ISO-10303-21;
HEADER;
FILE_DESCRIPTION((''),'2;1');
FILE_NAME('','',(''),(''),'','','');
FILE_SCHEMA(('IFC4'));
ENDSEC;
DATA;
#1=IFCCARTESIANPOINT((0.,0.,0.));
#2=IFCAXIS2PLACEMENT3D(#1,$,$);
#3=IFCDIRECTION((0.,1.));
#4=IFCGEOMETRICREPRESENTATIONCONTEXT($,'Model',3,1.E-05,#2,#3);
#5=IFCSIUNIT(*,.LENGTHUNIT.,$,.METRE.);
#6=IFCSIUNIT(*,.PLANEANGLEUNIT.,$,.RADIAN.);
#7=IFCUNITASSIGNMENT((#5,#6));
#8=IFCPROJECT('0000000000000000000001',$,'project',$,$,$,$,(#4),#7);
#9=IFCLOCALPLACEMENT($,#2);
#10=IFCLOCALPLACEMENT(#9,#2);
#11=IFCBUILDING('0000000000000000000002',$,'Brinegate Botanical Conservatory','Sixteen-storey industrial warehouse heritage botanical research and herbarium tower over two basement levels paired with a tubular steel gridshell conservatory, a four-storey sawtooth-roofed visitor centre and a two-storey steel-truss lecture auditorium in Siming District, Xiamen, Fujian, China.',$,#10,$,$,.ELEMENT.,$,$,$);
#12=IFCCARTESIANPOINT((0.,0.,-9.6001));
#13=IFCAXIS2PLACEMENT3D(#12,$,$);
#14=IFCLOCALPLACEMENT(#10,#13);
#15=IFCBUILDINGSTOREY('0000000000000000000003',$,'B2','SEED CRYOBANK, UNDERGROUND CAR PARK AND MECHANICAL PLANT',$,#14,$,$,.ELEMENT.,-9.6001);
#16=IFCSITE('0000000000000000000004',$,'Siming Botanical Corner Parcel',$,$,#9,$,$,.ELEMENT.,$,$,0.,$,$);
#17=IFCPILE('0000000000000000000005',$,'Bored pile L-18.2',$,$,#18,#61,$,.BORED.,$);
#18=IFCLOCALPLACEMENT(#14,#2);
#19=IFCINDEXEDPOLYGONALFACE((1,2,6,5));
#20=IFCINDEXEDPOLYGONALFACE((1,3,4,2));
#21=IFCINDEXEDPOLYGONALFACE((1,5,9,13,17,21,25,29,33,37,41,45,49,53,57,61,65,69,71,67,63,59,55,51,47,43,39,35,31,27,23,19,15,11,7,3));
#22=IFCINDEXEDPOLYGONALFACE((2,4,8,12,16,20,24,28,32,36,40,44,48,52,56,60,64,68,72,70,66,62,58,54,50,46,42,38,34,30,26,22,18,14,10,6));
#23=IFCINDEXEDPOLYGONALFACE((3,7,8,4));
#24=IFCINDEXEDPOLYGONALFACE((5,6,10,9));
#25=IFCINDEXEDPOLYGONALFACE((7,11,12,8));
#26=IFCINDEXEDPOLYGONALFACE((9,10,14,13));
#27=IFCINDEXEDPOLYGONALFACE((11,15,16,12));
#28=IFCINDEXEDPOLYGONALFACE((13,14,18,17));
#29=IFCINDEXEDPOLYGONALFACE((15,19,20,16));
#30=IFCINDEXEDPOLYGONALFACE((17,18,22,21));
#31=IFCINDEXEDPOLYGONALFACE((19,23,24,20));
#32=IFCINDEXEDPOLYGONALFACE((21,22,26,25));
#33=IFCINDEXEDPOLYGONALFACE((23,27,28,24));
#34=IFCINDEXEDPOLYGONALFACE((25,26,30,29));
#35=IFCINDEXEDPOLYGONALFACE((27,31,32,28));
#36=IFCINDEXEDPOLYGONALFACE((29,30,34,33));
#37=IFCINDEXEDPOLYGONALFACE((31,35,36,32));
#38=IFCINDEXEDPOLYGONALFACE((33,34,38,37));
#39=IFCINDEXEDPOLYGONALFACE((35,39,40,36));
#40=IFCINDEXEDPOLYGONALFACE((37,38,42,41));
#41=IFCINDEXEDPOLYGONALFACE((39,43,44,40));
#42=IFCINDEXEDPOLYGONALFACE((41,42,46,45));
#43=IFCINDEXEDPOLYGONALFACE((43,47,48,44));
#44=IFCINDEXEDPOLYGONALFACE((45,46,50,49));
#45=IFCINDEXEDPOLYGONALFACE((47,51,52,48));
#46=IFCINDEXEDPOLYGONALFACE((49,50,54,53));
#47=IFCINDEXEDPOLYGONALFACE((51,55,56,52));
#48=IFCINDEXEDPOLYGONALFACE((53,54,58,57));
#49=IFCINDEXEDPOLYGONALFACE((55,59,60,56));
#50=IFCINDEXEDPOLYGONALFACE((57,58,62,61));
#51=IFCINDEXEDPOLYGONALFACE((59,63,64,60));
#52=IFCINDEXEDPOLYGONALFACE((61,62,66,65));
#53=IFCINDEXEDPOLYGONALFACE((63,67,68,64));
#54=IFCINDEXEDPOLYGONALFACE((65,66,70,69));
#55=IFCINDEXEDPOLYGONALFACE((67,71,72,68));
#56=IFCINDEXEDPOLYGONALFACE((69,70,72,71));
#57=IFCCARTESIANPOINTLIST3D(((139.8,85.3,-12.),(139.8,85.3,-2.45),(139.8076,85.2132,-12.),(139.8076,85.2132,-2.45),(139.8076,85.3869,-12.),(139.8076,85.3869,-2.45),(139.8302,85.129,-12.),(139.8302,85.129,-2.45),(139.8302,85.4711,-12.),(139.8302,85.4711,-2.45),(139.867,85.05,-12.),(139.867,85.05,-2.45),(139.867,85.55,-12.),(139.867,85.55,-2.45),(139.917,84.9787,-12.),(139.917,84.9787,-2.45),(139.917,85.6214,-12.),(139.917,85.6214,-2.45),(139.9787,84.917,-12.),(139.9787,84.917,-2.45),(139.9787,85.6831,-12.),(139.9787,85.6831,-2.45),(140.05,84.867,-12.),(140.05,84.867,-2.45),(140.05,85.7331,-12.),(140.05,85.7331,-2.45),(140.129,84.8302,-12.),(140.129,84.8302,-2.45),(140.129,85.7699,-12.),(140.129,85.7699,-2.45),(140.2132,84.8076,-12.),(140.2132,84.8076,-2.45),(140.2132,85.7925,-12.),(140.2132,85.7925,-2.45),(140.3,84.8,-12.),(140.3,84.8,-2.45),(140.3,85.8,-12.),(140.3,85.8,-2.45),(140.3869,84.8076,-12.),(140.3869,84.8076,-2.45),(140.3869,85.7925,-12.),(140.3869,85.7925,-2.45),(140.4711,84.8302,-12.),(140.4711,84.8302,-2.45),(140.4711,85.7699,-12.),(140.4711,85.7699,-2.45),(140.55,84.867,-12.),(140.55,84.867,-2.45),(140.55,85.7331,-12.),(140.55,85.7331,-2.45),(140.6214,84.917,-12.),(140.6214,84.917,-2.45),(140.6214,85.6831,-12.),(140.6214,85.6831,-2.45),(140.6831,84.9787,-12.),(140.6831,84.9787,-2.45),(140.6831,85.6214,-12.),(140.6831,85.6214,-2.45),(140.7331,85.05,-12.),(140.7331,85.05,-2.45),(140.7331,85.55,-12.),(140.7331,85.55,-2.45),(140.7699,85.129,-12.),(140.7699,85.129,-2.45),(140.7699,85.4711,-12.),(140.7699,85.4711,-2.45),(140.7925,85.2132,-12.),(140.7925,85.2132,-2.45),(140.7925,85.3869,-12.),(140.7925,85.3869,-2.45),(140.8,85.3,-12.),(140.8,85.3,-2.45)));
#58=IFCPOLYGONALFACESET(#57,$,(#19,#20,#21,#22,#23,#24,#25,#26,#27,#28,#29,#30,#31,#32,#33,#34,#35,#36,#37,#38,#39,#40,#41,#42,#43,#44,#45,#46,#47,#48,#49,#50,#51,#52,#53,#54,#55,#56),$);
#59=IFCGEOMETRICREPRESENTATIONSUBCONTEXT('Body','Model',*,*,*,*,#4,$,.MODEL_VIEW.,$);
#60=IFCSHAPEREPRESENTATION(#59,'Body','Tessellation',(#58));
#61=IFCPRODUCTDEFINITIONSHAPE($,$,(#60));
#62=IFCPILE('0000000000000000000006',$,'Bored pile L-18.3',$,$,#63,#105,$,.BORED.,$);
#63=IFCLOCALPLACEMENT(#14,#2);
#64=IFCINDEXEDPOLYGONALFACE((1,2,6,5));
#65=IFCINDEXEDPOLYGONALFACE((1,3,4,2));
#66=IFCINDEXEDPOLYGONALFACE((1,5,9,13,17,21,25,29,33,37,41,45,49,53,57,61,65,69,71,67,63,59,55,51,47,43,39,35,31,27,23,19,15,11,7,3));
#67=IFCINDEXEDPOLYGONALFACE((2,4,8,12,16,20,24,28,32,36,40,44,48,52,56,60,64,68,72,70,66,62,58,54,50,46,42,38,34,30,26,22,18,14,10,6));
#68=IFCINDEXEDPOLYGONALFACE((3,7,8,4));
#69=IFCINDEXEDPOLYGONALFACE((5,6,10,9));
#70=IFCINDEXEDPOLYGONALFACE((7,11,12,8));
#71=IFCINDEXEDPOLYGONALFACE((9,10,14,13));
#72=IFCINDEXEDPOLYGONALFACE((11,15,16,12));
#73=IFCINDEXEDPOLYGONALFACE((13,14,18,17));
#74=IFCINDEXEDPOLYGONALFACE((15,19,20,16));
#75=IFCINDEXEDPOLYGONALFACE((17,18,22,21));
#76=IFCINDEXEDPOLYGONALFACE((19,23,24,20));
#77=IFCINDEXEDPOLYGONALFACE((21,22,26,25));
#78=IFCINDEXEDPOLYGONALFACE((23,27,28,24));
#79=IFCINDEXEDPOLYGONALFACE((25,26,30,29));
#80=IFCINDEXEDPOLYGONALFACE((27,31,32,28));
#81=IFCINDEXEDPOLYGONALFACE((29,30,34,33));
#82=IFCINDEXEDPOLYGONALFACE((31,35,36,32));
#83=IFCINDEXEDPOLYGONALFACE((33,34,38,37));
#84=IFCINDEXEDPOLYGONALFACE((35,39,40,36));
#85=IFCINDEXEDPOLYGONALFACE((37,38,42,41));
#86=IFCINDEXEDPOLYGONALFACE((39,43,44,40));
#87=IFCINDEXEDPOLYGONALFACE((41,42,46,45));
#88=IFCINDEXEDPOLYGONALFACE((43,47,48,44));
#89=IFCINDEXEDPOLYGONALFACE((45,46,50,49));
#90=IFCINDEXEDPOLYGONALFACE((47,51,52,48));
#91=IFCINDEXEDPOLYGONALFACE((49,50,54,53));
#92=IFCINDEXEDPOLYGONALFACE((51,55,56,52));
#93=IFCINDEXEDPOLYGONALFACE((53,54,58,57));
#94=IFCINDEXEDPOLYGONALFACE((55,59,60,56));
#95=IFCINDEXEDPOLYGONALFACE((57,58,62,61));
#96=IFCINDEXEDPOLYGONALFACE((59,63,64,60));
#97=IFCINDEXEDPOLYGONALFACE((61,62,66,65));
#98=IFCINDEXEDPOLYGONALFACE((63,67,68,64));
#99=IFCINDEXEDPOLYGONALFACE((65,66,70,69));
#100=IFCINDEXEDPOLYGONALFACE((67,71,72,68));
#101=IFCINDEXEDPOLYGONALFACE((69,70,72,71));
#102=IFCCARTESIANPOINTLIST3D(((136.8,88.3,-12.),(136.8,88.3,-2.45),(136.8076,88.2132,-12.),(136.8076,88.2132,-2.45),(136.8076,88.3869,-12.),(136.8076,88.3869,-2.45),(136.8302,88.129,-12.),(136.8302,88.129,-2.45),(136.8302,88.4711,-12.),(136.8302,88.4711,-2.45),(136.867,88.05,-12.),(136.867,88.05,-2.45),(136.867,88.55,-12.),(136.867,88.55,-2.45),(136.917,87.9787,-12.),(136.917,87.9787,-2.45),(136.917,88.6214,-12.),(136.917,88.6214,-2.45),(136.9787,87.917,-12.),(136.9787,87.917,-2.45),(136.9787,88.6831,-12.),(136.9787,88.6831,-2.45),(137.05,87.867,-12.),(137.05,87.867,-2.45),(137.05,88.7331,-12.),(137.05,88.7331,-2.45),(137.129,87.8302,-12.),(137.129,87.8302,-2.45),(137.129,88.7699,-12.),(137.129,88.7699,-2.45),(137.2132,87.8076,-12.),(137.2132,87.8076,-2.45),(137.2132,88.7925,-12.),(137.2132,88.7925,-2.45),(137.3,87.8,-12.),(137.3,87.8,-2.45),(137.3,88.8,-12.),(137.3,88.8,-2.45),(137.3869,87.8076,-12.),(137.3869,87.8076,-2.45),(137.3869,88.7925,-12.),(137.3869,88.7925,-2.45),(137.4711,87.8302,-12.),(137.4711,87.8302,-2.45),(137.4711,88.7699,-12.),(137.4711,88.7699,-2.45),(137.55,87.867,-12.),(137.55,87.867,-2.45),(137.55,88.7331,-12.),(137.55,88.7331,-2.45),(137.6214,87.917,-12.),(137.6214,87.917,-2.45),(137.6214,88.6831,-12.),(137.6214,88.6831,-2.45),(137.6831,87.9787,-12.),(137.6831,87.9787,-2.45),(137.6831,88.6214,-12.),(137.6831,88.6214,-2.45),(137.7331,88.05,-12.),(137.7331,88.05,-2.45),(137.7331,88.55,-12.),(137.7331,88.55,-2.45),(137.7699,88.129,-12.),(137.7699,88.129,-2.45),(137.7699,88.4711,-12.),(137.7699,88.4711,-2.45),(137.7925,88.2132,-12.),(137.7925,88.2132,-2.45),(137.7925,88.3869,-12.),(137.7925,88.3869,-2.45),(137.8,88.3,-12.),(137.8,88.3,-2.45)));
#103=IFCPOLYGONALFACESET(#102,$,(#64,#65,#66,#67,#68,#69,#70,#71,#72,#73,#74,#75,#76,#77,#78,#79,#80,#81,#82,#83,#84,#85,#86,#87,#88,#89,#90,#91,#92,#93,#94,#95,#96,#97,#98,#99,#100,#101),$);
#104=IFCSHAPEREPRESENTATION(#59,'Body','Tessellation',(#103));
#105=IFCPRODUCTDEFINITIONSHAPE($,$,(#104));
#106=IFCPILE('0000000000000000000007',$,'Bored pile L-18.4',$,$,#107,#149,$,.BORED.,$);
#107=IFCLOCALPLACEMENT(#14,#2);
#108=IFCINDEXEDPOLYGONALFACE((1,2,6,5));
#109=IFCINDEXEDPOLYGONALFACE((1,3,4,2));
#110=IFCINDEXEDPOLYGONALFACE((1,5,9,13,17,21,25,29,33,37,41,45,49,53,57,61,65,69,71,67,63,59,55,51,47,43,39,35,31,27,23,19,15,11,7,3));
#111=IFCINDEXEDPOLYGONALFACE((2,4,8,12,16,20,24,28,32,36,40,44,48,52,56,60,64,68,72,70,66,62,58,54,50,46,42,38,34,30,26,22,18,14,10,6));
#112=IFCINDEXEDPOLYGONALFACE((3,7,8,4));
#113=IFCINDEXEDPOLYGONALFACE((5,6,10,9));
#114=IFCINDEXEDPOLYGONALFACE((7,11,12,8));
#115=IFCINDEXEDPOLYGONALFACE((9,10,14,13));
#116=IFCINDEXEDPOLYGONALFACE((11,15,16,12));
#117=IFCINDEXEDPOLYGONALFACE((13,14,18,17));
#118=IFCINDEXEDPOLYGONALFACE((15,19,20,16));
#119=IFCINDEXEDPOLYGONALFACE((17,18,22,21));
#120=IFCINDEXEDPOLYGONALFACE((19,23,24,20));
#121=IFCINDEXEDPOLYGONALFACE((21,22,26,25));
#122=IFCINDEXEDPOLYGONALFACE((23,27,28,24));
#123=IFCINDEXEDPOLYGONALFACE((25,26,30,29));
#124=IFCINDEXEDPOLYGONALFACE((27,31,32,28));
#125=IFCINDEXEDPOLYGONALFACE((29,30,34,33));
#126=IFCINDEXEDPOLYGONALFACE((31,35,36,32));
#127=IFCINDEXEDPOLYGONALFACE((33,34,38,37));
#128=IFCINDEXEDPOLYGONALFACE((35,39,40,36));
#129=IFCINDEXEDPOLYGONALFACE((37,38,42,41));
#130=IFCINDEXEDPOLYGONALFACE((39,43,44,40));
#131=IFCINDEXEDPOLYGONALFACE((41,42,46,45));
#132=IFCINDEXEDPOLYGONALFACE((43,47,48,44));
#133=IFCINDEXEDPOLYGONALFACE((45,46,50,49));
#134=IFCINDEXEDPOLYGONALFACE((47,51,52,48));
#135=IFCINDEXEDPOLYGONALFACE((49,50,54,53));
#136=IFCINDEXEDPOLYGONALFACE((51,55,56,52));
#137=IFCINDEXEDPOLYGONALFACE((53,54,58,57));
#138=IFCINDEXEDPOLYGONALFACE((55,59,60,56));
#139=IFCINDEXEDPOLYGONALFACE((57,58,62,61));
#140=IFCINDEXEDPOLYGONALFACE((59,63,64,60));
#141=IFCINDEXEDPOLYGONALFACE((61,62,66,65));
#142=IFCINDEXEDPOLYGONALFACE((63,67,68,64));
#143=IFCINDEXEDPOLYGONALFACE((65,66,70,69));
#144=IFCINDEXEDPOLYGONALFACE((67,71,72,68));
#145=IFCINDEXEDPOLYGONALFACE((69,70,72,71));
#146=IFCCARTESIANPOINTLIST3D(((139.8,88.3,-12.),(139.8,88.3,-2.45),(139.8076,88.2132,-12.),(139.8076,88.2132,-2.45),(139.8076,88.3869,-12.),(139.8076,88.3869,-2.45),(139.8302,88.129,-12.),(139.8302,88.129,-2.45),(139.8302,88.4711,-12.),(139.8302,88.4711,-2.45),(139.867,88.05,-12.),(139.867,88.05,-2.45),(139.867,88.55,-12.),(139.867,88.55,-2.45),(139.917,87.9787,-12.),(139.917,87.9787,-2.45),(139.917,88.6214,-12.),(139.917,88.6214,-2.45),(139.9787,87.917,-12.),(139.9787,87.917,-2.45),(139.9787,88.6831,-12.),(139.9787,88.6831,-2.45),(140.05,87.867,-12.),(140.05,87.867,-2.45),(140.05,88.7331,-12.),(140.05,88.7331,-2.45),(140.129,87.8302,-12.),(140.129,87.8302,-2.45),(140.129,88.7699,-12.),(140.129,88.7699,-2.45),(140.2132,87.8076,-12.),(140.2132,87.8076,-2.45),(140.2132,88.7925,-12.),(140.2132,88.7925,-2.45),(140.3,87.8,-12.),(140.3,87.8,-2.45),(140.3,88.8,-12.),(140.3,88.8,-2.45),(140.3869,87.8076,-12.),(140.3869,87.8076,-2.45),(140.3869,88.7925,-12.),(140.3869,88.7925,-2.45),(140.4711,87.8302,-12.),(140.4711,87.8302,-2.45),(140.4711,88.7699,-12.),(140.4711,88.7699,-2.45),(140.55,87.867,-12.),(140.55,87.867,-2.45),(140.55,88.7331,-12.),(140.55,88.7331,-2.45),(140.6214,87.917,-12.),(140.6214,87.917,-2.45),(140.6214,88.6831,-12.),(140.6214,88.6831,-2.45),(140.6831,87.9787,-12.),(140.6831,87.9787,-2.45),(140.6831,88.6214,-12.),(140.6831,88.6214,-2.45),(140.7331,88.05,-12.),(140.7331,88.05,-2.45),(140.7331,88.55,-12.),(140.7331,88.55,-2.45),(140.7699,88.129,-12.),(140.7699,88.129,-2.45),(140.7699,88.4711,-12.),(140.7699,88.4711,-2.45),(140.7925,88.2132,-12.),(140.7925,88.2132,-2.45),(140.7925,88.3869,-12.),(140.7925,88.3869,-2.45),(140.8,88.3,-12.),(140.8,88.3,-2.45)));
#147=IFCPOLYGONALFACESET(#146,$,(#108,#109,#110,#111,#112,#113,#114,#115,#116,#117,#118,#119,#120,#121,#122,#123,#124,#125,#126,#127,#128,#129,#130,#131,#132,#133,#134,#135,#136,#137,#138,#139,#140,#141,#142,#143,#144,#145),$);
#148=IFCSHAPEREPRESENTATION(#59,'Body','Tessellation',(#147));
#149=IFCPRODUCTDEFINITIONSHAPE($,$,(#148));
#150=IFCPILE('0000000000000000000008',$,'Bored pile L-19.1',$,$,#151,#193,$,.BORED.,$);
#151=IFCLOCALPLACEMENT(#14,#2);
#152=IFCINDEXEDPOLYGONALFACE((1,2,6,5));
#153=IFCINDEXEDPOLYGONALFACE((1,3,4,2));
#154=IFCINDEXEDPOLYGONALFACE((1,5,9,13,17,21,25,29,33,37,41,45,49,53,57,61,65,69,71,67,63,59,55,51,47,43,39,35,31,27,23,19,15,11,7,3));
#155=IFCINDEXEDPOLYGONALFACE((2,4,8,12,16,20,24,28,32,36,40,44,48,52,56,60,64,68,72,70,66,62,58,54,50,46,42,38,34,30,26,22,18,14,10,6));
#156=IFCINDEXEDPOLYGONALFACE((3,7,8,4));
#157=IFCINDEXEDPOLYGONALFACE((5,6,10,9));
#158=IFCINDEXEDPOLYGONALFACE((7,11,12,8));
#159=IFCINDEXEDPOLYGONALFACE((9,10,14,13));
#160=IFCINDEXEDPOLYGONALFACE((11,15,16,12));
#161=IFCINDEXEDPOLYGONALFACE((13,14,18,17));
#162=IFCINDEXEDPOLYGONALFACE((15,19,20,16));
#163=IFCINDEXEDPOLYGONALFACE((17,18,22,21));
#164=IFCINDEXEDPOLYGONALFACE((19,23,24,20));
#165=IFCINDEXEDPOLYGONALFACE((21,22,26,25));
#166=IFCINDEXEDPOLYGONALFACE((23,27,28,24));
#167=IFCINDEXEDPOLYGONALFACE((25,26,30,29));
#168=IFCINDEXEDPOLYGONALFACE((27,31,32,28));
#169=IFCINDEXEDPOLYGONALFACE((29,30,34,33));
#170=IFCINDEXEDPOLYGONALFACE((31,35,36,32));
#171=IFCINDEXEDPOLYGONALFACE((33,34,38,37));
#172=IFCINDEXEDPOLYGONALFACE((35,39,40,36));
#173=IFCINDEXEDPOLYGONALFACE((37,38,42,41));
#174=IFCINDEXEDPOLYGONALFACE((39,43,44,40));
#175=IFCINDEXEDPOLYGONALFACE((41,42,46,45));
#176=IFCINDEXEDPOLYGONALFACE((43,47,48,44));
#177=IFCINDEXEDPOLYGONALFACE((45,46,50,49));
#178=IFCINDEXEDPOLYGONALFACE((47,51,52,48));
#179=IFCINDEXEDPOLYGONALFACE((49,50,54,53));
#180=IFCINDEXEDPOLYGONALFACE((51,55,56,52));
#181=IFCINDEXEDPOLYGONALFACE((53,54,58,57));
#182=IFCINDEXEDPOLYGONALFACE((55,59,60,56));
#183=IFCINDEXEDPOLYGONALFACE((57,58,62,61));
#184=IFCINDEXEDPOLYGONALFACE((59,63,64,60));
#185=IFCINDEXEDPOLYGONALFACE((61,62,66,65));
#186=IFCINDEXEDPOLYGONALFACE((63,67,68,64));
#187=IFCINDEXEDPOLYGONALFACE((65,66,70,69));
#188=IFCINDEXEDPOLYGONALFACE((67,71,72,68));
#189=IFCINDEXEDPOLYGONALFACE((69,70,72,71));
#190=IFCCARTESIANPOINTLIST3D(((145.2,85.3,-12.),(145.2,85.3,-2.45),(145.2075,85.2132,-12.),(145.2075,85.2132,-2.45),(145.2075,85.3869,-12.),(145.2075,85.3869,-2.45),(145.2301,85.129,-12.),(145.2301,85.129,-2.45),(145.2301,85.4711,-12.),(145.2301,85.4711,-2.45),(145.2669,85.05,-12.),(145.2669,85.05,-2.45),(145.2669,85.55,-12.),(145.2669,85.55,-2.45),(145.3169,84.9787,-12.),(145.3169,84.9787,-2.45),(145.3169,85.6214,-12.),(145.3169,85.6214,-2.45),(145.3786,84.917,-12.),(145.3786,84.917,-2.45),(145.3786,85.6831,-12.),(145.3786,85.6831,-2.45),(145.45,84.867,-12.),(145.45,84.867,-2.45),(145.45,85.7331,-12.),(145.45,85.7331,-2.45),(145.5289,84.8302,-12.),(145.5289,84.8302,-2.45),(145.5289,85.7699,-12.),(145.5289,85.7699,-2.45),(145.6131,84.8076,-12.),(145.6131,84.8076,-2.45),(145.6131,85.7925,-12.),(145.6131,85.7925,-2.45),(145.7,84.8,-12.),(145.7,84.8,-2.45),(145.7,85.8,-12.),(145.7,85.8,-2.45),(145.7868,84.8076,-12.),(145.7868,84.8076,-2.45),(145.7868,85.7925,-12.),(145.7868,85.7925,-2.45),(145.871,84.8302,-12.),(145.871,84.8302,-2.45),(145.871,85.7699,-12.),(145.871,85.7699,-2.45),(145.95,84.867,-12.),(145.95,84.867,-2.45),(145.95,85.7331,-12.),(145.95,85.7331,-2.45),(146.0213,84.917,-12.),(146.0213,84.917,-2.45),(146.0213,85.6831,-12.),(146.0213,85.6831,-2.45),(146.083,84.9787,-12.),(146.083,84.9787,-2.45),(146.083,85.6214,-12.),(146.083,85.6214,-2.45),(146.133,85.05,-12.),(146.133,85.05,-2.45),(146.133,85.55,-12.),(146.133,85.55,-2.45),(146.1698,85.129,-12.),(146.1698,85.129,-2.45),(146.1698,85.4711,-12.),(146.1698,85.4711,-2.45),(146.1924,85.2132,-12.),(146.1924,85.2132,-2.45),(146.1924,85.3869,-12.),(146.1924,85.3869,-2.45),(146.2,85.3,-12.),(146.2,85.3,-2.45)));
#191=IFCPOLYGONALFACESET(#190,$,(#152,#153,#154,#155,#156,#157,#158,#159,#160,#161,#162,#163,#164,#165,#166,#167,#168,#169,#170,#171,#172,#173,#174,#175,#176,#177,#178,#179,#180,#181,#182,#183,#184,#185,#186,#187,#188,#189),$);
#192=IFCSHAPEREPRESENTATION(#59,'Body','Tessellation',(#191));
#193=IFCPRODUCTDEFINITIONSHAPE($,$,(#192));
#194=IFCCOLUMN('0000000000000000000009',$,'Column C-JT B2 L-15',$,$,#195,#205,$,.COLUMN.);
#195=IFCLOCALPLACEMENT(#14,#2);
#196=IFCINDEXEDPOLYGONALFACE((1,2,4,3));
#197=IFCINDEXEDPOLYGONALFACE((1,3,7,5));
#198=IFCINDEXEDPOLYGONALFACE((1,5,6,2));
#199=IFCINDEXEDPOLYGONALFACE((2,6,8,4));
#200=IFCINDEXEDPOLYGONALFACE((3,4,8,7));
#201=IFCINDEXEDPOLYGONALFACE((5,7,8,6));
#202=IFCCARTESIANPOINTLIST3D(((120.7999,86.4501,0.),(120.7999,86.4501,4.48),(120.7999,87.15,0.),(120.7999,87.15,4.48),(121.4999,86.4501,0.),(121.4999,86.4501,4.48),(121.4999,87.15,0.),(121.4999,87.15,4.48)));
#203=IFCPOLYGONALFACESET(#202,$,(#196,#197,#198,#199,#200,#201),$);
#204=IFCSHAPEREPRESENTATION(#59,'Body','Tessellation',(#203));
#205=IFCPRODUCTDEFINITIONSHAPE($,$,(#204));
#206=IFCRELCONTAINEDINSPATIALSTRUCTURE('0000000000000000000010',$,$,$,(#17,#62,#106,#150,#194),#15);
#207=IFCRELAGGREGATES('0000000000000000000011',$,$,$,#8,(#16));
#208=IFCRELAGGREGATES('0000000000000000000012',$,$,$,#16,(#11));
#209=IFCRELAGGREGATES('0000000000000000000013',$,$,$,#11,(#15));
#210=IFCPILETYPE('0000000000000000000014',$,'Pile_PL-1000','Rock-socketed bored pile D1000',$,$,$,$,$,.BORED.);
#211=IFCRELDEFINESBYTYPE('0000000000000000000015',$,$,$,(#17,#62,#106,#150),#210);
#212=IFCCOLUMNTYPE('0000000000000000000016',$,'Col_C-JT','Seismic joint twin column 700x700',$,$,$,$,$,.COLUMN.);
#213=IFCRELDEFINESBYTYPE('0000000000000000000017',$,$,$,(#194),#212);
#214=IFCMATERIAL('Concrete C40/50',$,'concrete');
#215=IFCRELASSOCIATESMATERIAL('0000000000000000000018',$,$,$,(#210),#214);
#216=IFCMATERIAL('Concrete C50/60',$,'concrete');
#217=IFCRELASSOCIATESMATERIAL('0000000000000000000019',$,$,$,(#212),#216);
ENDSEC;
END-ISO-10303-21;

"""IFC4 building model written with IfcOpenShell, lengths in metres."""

from ifc_helpers import new_model, si_unit, direction, frame, origin, origin_2d, place, context, subcontext, project, spatial, rectangle, circle, extrude, material, material_profile, profile_set, type_object, element, save


model = new_model("IFC4")

# Units and contexts
model_context = context("Model", 3, precision=1e-05, world=origin(), true_north=direction((0.0, 1.0)))
body_context = subcontext(model_context, "Body", "Model", "MODEL_VIEW")
ifc_project = project(units=[si_unit("LENGTHUNIT", "METRE"), si_unit("PLANEANGLEUNIT", "RADIAN")], contexts=[model_context])

# Site, building, storey
site_placement = place(None, origin())
site = spatial("IfcSite", under=ifc_project, at=site_placement, Name="Siming Botanical Corner Parcel", CompositionType="ELEMENT", RefElevation=0.0)
building_placement = place(site_placement, origin())
building = spatial("IfcBuilding", under=site, at=building_placement, Name="Brinegate Botanical Conservatory", Description="Sixteen-storey industrial warehouse heritage botanical research and herbarium tower over two basement levels paired with a tubular steel gridshell conservatory, a four-storey sawtooth-roofed visitor centre and a two-storey steel-truss lecture auditorium in Siming District, Xiamen, Fujian, China.", CompositionType="ELEMENT")
storey_placement = place(building_placement, frame((0.0, 0.0, -9.6001)))
storey = spatial("IfcBuildingStorey", under=building, at=storey_placement, Name="B2", Description="SEED CRYOBANK, UNDERGROUND CAR PARK AND MECHANICAL PLANT", CompositionType="ELEMENT", Elevation=-9.6001)

# Shared definitions
ifc_material_1 = material(Name="Concrete C40/50", Category="concrete")

# Piles
ifc_material_profile_1 = material_profile(ifc_material_1, circle(Radius=0.5, at=origin_2d()), Name="PILE D1000")
ifc_profile_set_1 = profile_set([ifc_material_profile_1], Name="Concrete C40/50")
pile_type = type_object("IfcPileType", Name="Pile_PL-1000", Description="Rock-socketed bored pile D1000", PredefinedType="BORED", material=ifc_profile_set_1)
for number, where, z_axis, x_axis, name in (
    (1, (140.3, 85.3, -2.45), (0.0, 0.0, -1.0), (1.0, 0.0, 0.0), "Bored pile L-18.2"),
    (2, (137.3, 88.3, -2.45), (0.0, 0.0, -1.0), (1.0, 0.0, 0.0), "Bored pile L-18.3"),
    (3, (140.3, 88.3, -2.45), (0.0, 0.0, -1.0), (1.0, 0.0, 0.0), "Bored pile L-18.4"),
    (4, (145.7, 85.3, -2.45), (0.0, 0.0, -1.0), (1.0, 0.0, 0.0), "Bored pile L-19.1"),
):
    element("IfcPile", number, at=place(storey_placement, frame(where, z_axis=z_axis, x_axis=x_axis)), inside=storey, type_object=pile_type, Name=name, PredefinedType="BORED", context=body_context, shape_type="SweptSolid", body=[
        extrude(circle(Radius=0.5, at=origin_2d()), origin(), (0.0, 0.0, 1.0), 9.55),
    ])

# Column
ifc_material_2 = material(Name="Concrete C50/60", Category="concrete")
ifc_material_profile_2 = material_profile(ifc_material_2, rectangle(XDim=0.7, YDim=0.7, at=origin_2d()), Name="RC COL 700x700")
ifc_profile_set_2 = profile_set([ifc_material_profile_2], Name="Concrete C50/60")
column_type_1 = type_object("IfcColumnType", Name="Col_C-JT", Description="Seismic joint twin column 700x700", PredefinedType="COLUMN", material=ifc_profile_set_2)
for number, where, z_axis, x_axis, name in (
    (5, (121.1499, 86.8, 0.0), (0.0, 0.0, 1.0), (1.0, 0.0, 0.0), "Column C-JT B2 L-15"),
):
    element("IfcColumn", number, at=place(storey_placement, frame(where, z_axis=z_axis, x_axis=x_axis)), inside=storey, type_object=column_type_1, Name=name, PredefinedType="COLUMN", context=body_context, shape_type="SweptSolid", body=[
        extrude(rectangle(XDim=0.7, YDim=0.7, at=origin_2d()), origin(), (0.0, 0.0, 1.0), 4.48),
    ])

save(model, "model.ifc")
